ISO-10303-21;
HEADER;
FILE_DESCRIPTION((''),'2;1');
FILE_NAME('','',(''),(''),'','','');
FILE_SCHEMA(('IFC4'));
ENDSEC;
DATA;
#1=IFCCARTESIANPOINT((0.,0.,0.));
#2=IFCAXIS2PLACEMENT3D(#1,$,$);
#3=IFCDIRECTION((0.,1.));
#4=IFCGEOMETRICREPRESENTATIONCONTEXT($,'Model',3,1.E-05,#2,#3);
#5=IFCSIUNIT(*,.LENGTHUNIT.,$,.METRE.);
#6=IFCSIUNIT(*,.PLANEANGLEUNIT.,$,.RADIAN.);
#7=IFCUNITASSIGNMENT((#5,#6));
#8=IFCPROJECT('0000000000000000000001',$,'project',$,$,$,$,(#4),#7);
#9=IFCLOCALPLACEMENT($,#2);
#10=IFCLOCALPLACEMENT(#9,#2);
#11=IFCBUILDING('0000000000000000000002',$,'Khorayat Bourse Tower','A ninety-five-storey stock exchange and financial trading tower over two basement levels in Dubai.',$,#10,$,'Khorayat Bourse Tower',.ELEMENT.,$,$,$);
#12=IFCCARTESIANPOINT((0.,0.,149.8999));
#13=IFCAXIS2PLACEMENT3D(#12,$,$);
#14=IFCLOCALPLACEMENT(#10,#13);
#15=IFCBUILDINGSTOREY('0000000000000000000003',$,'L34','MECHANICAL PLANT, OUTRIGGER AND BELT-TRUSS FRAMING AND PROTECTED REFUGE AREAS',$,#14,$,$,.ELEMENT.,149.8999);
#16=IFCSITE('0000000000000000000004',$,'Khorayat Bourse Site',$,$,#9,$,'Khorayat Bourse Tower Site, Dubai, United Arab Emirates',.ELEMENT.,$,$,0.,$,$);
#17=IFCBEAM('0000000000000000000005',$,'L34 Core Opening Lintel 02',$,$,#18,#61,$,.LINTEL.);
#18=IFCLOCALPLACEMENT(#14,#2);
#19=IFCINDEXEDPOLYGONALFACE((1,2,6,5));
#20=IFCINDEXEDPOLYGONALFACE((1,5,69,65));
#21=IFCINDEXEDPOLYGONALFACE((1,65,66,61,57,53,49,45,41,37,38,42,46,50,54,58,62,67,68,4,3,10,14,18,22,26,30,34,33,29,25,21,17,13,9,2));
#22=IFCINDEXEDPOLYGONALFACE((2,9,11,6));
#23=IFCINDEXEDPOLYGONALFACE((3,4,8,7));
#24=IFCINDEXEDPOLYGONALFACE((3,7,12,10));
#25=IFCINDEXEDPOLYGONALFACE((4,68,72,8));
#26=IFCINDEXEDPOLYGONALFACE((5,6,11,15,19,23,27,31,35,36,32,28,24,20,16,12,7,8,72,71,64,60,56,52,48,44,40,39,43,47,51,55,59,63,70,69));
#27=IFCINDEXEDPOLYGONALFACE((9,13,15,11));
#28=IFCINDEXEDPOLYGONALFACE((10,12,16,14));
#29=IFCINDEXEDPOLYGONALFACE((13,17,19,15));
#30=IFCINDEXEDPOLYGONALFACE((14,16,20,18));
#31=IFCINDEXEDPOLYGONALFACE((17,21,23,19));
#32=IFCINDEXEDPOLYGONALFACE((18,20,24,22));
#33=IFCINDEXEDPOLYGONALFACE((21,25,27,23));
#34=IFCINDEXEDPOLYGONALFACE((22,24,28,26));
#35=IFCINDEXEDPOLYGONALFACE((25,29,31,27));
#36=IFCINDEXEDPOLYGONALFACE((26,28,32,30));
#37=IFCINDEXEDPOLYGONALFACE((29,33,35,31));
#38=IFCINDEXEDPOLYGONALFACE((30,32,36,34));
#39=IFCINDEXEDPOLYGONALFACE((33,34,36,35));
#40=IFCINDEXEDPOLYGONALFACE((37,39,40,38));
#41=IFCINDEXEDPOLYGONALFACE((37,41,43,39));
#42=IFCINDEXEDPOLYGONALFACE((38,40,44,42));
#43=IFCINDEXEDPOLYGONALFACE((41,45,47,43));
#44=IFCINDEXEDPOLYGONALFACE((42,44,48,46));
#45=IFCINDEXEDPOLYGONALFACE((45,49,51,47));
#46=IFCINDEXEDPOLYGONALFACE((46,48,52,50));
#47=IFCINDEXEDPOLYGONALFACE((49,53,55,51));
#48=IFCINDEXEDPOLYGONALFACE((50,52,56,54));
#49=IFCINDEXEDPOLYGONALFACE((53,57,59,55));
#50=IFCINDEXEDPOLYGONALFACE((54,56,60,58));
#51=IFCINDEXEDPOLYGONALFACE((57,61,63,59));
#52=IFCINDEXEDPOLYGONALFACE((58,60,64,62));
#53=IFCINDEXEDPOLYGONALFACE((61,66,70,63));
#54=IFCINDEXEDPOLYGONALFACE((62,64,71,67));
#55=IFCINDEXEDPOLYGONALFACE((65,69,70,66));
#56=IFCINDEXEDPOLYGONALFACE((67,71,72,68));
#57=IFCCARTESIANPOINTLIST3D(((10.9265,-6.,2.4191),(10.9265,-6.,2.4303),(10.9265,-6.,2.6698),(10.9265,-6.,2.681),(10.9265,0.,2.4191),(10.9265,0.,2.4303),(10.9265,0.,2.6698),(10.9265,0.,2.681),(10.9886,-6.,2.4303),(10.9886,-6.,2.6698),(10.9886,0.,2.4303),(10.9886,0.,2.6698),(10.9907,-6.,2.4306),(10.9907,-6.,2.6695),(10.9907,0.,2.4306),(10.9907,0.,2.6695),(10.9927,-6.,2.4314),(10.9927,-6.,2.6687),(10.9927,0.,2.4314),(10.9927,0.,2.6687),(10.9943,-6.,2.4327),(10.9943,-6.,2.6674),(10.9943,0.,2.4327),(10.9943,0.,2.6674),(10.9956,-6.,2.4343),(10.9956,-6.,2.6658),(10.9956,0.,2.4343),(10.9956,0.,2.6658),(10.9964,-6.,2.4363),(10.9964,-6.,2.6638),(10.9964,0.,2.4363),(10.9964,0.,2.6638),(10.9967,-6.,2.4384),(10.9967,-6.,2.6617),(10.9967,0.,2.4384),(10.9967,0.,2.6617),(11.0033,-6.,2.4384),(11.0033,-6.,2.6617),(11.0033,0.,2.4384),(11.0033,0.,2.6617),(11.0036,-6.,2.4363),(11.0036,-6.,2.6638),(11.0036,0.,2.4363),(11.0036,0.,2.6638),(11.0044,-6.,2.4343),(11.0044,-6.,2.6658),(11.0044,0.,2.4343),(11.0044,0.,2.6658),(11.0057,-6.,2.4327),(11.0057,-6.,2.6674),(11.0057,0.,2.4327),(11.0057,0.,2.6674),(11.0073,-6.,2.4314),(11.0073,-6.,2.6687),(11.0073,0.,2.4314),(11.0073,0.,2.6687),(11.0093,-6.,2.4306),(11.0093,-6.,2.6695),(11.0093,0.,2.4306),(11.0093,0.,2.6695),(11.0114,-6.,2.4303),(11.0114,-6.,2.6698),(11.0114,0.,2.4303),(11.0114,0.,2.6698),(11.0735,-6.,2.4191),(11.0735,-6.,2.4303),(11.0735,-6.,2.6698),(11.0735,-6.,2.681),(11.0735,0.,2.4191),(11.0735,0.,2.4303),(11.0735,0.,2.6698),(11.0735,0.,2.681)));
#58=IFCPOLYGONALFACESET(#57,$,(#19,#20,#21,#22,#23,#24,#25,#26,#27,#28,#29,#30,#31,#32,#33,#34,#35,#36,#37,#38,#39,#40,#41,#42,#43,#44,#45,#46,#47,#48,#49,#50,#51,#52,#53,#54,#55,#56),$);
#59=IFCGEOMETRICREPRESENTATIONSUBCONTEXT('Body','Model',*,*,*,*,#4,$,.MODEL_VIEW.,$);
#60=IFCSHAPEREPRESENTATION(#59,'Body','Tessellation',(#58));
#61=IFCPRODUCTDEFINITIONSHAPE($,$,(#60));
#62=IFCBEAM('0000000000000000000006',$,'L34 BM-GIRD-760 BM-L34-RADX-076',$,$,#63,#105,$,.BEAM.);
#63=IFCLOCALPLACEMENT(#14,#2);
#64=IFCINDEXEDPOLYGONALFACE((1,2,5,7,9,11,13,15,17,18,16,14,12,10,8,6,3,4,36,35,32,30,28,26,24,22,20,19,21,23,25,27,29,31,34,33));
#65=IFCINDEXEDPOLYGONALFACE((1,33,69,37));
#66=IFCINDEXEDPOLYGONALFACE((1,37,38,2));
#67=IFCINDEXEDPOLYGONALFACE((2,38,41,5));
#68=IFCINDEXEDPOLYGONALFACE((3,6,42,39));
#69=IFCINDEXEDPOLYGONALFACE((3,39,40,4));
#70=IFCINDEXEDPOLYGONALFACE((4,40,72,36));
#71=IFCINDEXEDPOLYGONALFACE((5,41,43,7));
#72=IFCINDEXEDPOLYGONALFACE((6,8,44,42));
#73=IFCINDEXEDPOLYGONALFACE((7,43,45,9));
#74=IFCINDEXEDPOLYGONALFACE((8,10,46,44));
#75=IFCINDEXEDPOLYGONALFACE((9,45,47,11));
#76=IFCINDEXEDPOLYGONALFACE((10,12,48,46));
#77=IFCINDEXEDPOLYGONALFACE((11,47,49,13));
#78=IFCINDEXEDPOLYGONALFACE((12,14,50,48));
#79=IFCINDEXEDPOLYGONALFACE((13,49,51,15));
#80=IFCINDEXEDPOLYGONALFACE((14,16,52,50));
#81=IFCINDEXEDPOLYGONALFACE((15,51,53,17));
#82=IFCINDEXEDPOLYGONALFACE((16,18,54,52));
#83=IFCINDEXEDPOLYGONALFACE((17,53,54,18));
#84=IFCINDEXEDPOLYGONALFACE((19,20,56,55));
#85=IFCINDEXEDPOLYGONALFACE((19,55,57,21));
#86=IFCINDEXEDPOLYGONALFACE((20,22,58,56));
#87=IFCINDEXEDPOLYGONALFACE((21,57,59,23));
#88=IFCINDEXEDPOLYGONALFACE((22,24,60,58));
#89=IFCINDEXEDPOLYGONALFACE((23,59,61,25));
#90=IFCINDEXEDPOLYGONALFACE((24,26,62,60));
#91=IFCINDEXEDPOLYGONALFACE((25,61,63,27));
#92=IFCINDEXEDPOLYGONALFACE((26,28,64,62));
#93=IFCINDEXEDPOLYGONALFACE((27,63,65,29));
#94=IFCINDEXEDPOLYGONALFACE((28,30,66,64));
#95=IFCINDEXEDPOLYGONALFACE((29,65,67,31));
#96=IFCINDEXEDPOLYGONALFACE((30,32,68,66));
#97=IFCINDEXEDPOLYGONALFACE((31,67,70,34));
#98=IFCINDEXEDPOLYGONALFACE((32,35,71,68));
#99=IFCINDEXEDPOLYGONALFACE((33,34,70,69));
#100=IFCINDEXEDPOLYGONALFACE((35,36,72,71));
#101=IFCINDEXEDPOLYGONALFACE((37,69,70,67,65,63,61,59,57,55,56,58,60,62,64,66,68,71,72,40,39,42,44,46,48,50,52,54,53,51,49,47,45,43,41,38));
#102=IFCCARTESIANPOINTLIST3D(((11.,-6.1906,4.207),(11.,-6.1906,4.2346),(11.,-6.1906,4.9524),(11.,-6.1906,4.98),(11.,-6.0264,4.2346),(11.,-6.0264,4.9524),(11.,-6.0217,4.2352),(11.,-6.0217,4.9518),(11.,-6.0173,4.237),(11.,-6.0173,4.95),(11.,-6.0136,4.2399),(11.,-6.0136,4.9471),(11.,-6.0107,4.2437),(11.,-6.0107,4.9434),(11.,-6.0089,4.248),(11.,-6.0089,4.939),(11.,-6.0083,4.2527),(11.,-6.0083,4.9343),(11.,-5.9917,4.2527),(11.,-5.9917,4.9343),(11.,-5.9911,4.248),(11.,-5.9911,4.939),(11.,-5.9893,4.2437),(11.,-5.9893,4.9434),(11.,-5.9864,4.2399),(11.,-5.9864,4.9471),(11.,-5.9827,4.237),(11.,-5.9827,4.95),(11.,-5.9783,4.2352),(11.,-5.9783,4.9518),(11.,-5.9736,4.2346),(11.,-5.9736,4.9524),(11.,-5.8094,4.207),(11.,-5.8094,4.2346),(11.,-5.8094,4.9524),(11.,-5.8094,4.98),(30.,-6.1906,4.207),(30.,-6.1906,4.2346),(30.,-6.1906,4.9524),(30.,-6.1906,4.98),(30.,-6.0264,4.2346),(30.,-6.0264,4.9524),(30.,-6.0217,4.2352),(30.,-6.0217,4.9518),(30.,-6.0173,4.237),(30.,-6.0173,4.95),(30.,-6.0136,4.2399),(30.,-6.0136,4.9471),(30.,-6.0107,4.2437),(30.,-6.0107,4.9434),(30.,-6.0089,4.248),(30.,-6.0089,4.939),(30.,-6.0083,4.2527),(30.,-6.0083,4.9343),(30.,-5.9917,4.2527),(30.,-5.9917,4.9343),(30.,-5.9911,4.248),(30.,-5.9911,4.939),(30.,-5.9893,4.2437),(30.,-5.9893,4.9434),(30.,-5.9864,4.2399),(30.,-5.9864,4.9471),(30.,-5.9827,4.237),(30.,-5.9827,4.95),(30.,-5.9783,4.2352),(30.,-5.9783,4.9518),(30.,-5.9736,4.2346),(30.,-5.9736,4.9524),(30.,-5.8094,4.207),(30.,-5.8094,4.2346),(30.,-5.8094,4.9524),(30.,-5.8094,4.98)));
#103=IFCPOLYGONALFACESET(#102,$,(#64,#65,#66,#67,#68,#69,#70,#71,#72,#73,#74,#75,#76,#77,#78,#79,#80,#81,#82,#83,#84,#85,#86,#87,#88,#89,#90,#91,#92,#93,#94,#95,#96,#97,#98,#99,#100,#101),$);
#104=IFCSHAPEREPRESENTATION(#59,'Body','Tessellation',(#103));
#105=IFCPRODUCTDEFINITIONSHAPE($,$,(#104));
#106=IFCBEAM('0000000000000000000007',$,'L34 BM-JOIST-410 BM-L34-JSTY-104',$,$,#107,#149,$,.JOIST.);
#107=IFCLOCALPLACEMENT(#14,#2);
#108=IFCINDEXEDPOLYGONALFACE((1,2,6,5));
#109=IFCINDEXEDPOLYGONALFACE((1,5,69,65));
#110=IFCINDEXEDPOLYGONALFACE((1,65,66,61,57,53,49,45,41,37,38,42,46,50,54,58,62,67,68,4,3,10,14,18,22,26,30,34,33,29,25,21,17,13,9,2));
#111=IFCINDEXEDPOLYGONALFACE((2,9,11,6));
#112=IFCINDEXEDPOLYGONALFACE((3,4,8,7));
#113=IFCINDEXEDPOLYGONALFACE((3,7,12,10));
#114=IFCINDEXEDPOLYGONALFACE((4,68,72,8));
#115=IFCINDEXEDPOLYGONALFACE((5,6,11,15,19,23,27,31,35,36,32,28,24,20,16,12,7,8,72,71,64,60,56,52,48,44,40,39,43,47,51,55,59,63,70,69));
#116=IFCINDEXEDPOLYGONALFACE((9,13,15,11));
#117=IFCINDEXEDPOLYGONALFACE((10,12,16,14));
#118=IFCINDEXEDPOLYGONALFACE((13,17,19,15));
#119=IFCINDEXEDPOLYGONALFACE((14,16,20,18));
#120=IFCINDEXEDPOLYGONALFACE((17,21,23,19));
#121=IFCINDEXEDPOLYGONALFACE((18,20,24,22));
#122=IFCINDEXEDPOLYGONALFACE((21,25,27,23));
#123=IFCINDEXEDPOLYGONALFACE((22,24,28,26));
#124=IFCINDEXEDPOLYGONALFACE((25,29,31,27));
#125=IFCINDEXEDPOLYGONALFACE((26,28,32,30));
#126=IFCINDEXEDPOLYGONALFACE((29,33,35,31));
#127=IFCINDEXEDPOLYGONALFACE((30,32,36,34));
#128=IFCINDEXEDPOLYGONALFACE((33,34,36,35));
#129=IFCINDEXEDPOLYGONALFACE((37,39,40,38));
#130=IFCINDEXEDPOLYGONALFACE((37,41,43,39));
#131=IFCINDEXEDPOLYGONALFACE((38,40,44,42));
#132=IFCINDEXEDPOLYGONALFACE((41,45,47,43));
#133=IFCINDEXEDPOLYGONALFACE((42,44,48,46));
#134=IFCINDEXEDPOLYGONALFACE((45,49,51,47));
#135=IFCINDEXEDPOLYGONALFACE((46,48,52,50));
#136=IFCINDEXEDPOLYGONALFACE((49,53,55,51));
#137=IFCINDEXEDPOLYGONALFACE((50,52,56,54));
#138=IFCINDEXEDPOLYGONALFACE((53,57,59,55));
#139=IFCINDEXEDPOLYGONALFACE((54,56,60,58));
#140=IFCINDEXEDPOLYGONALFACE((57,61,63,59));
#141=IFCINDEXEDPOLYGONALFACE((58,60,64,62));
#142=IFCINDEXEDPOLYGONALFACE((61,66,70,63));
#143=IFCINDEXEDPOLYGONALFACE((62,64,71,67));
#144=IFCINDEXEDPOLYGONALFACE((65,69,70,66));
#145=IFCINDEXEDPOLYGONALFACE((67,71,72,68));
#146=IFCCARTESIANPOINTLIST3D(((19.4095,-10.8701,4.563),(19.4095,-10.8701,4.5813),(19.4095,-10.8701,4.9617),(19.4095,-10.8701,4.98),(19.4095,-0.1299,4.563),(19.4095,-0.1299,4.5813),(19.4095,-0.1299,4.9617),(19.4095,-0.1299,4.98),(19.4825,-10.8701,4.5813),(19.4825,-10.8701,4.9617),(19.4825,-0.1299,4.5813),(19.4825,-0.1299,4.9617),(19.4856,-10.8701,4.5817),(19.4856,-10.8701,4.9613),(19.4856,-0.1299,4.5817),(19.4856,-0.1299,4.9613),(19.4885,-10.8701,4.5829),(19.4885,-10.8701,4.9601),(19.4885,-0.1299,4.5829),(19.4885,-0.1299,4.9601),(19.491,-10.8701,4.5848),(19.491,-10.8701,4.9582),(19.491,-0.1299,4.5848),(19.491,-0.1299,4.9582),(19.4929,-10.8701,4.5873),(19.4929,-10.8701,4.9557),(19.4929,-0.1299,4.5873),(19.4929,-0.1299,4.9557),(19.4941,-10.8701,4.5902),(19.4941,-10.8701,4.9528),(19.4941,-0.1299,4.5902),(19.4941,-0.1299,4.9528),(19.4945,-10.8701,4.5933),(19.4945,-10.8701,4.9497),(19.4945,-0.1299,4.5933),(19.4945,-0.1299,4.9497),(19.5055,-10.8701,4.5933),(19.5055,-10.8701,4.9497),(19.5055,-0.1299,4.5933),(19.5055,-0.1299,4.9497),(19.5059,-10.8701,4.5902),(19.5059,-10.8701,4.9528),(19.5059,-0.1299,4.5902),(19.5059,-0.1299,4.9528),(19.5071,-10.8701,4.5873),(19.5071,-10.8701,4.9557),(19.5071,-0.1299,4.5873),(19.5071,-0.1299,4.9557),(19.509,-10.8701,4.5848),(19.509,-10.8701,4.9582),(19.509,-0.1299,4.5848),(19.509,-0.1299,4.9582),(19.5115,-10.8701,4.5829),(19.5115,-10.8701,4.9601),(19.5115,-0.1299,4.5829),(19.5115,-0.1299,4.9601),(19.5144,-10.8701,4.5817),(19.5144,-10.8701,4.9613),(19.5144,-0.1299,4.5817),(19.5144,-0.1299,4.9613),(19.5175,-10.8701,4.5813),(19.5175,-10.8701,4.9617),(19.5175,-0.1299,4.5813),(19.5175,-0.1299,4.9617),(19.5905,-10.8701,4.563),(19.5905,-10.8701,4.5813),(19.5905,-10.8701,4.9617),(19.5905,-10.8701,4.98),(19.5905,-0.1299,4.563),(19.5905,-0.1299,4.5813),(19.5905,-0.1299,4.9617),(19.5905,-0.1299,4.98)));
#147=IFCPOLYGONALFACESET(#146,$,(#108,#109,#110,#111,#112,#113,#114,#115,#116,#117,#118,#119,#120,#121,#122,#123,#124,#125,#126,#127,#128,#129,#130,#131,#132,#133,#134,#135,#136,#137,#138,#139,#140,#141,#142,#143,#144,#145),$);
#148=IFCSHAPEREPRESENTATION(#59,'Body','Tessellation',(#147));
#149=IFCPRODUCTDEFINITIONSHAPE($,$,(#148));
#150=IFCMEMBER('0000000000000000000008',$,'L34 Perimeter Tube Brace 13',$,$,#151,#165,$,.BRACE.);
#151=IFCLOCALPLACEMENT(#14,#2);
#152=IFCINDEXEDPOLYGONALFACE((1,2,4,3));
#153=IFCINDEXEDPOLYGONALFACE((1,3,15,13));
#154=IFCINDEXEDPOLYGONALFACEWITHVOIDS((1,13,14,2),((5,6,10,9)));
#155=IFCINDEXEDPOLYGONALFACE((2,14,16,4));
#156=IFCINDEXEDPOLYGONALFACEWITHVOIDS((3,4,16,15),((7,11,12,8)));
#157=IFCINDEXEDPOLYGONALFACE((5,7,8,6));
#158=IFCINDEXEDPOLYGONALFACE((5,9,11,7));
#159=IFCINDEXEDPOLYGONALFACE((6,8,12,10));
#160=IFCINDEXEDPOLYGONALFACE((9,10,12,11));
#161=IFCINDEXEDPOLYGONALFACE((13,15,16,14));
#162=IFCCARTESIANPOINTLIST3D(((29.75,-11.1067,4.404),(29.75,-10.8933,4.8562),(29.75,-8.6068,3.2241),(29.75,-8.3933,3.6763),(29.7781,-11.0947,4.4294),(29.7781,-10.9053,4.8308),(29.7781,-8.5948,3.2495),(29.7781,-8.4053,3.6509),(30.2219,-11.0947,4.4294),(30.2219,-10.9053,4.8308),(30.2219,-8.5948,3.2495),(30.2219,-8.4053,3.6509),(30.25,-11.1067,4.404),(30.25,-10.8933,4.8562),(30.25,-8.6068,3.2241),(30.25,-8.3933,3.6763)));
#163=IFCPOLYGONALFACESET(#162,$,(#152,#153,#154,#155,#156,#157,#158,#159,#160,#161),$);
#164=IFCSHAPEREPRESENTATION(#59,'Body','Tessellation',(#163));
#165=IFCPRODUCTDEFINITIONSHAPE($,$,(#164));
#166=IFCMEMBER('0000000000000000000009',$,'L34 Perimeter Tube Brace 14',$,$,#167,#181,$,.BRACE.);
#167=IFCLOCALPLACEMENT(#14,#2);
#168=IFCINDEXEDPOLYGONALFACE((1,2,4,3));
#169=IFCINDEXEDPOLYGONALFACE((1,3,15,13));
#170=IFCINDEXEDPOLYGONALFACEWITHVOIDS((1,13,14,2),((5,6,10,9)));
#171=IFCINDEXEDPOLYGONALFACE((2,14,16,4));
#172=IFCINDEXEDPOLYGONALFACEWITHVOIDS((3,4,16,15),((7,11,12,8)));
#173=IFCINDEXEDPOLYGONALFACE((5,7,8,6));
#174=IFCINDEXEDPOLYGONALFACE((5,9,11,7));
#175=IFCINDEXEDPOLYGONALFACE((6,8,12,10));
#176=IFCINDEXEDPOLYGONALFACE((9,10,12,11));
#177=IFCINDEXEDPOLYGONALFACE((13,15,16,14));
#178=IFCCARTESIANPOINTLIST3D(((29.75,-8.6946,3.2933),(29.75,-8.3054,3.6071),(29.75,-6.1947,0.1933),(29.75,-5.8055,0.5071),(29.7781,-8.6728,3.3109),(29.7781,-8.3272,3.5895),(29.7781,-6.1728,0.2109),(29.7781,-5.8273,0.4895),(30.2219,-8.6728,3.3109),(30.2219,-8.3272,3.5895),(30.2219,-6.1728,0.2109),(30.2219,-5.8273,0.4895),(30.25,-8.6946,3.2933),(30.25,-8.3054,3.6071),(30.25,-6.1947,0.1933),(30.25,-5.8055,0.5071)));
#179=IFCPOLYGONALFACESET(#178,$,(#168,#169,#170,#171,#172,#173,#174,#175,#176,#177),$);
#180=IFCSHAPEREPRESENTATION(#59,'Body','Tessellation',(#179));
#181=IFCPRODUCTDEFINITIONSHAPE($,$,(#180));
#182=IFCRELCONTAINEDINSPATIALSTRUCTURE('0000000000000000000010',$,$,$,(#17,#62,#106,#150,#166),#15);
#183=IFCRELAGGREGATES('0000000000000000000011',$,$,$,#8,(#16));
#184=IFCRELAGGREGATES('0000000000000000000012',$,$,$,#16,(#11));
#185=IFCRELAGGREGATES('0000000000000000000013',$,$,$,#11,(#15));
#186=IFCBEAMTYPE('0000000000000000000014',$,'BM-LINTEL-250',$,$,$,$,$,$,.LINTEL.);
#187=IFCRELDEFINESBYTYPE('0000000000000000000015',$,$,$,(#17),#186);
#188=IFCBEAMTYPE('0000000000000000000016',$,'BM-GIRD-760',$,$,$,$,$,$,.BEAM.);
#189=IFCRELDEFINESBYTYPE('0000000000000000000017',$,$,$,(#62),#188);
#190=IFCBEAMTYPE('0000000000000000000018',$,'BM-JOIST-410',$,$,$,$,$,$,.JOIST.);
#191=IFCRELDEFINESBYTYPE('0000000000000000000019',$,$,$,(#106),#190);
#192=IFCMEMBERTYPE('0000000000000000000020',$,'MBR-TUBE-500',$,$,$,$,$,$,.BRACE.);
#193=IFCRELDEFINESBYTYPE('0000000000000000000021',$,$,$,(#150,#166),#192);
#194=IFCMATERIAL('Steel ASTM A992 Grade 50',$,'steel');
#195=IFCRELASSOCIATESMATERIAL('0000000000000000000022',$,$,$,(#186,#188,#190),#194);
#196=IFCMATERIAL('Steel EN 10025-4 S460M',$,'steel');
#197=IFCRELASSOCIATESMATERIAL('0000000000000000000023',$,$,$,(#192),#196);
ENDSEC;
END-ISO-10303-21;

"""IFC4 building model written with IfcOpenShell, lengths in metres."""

from ifc_helpers import new_model, si_unit, direction, frame, origin, origin_2d, place, context, subcontext, project, spatial, hollow_rectangle, i_section, extrude, source, transform, mapped, material, material_profile, profile_set, type_object, element, save


model = new_model("IFC4")

# Units and contexts
model_context = context("Model", 3, precision=1e-05, world=origin(), true_north=direction((0.0, 1.0)))
body_context = subcontext(model_context, "Body", "Model", "MODEL_VIEW")
ifc_project = project(units=[si_unit("LENGTHUNIT", "METRE"), si_unit("PLANEANGLEUNIT", "RADIAN")], contexts=[model_context])

# Site, building, storey
site_placement = place(None, origin())
site = spatial("IfcSite", under=ifc_project, at=site_placement, Name="Khorayat Bourse Site", LongName="Khorayat Bourse Tower Site, Dubai, United Arab Emirates", CompositionType="ELEMENT", RefElevation=0.0)
building_placement = place(site_placement, origin())
building = spatial("IfcBuilding", under=site, at=building_placement, Name="Khorayat Bourse Tower", Description="A ninety-five-storey stock exchange and financial trading tower over two basement levels in Dubai.", LongName="Khorayat Bourse Tower", CompositionType="ELEMENT")
storey_placement = place(building_placement, frame((0.0, 0.0, 149.8999)))
storey = spatial("IfcBuildingStorey", under=building, at=storey_placement, Name="L34", Description="MECHANICAL PLANT, OUTRIGGER AND BELT-TRUSS FRAMING AND PROTECTED REFUGE AREAS", CompositionType="ELEMENT", Elevation=149.8999)

# Shared definitions
ifc_material_1 = material(Name="Steel EN 10025-4 S460M", Category="steel")

# Beams
ifc_material_2 = material(Name="Steel ASTM A992 Grade 50", Category="steel")
ifc_material_profile_1 = material_profile(ifc_material_2, i_section(OverallWidth=0.147, OverallDepth=0.262, WebThickness=0.0066, FlangeThickness=0.0112, FilletRadius=0.0081, at=origin_2d()), Name="W250X39")
ifc_profile_set_1 = profile_set([ifc_material_profile_1], Name="Steel ASTM A992 Grade 50")
beam_type_1 = type_object("IfcBeamType", Name="BM-LINTEL-250", PredefinedType="LINTEL", material=ifc_profile_set_1)
shared_shape_1 = source(origin(), body_context, "Body", "SweptSolid", [
    extrude(i_section(OverallWidth=0.147, OverallDepth=0.262, WebThickness=0.0066, FlangeThickness=0.0112, FilletRadius=0.0081, at=origin_2d()), origin(), (0.0, 0.0, 1.0), 6.0),
])
beam_1_placement = place(storey_placement, frame((11.0, -6.0, 2.55), z_axis=(0.0, 1.0, 0.0), x_axis=(-1.0, 0.0, 0.0)))
element("IfcBeam", 1, at=beam_1_placement, inside=storey, type_object=beam_type_1, Name="L34 Core Opening Lintel 02", PredefinedType="LINTEL", context=body_context, shape_type="MappedRepresentation", body=[
    mapped(shared_shape_1, transform((0.0, 0.0, 0.0), scale=1.0)),
])
ifc_material_profile_2 = material_profile(ifc_material_2, i_section(OverallWidth=0.3811, OverallDepth=0.7729, WebThickness=0.0166, FlangeThickness=0.0276, FilletRadius=0.0181, at=origin_2d()), Name="W760X257")
ifc_profile_set_2 = profile_set([ifc_material_profile_2], Name="Steel ASTM A992 Grade 50")
beam_type_2 = type_object("IfcBeamType", Name="BM-GIRD-760", PredefinedType="BEAM", material=ifc_profile_set_2)
shared_shape_2 = source(origin(), body_context, "Body", "SweptSolid", [
    extrude(i_section(OverallWidth=0.3811, OverallDepth=0.7729, WebThickness=0.0166, FlangeThickness=0.0276, FilletRadius=0.0181, at=origin_2d()), origin(), (0.0, 0.0, 1.0), 19.0),
])
beam_2_placement = place(storey_placement, frame((11.0, -6.0, 4.5935), z_axis=(1.0, 0.0, 0.0), x_axis=(0.0, 1.0, 0.0)))
element("IfcBeam", 2, at=beam_2_placement, inside=storey, type_object=beam_type_2, Name="L34 BM-GIRD-760 BM-L34-RADX-076", PredefinedType="BEAM", context=body_context, shape_type="MappedRepresentation", body=[
    mapped(shared_shape_2, transform((0.0, 0.0, 0.0), scale=1.0)),
])
ifc_material_profile_3 = material_profile(ifc_material_2, i_section(OverallWidth=0.1809, OverallDepth=0.417, WebThickness=0.011, FlangeThickness=0.0183, FilletRadius=0.012, at=origin_2d()), Name="W410X85")
ifc_profile_set_3 = profile_set([ifc_material_profile_3], Name="Steel ASTM A992 Grade 50")
beam_type_3 = type_object("IfcBeamType", Name="BM-JOIST-410", PredefinedType="JOIST", material=ifc_profile_set_3)
shared_shape_3 = source(origin(), body_context, "Body", "SweptSolid", [
    extrude(i_section(OverallWidth=0.1809, OverallDepth=0.417, WebThickness=0.011, FlangeThickness=0.0183, FilletRadius=0.012, at=origin_2d()), origin(), (0.0, 0.0, 1.0), 10.7402),
])
beam_3_placement = place(storey_placement, frame((19.5, -10.8701, 4.7715), z_axis=(0.0, 1.0, 0.0), x_axis=(-1.0, 0.0, 0.0)))
element("IfcBeam", 3, at=beam_3_placement, inside=storey, type_object=beam_type_3, Name="L34 BM-JOIST-410 BM-L34-JSTY-104", PredefinedType="JOIST", context=body_context, shape_type="MappedRepresentation", body=[
    mapped(shared_shape_3, transform((0.0, 0.0, 0.0), scale=1.0)),
])

# Members
ifc_material_profile_4 = material_profile(ifc_material_1, hollow_rectangle(XDim=0.5, YDim=0.5, WallThickness=0.0281, at=origin_2d()), Name="HSS 500x500x28")
ifc_profile_set_4 = profile_set([ifc_material_profile_4], Name="Steel EN 10025-4 S460M")
member_type_1 = type_object("IfcMemberType", Name="MBR-TUBE-500", PredefinedType="BRACE", material=ifc_profile_set_4)
shared_shape_4 = source(origin(), body_context, "Body", "SweptSolid", [
    extrude(hollow_rectangle(XDim=0.5, YDim=0.5, WallThickness=0.0281, at=origin_2d()), origin(), (0.0, 0.0, 1.0), 2.7644),
])
member_1_placement = place(storey_placement, frame((30.0, -11.0, 4.6301), z_axis=(0.0, 0.904336, -0.426822), x_axis=(-1.0, 0.0, 0.0)))
element("IfcMember", 4, at=member_1_placement, inside=storey, type_object=member_type_1, Name="L34 Perimeter Tube Brace 13", PredefinedType="BRACE", context=body_context, shape_type="MappedRepresentation", body=[
    mapped(shared_shape_4, transform((0.0, 0.0, 0.0), scale=1.0)),
])
shared_shape_5 = source(origin(), body_context, "Body", "SweptSolid", [
    extrude(hollow_rectangle(XDim=0.5, YDim=0.5, WallThickness=0.0281, at=origin_2d()), origin(), (0.0, 0.0, 1.0), 3.9824),
])
member_2_placement = place(storey_placement, frame((30.0, -8.5, 3.4502), z_axis=(0.0, 0.62774, -0.778423), x_axis=(-1.0, 0.0, 0.0)))
element("IfcMember", 5, at=member_2_placement, inside=storey, type_object=member_type_1, Name="L34 Perimeter Tube Brace 14", PredefinedType="BRACE", context=body_context, shape_type="MappedRepresentation", body=[
    mapped(shared_shape_5, transform((0.0, 0.0, 0.0), scale=1.0)),
])

save(model, "model.ifc")
